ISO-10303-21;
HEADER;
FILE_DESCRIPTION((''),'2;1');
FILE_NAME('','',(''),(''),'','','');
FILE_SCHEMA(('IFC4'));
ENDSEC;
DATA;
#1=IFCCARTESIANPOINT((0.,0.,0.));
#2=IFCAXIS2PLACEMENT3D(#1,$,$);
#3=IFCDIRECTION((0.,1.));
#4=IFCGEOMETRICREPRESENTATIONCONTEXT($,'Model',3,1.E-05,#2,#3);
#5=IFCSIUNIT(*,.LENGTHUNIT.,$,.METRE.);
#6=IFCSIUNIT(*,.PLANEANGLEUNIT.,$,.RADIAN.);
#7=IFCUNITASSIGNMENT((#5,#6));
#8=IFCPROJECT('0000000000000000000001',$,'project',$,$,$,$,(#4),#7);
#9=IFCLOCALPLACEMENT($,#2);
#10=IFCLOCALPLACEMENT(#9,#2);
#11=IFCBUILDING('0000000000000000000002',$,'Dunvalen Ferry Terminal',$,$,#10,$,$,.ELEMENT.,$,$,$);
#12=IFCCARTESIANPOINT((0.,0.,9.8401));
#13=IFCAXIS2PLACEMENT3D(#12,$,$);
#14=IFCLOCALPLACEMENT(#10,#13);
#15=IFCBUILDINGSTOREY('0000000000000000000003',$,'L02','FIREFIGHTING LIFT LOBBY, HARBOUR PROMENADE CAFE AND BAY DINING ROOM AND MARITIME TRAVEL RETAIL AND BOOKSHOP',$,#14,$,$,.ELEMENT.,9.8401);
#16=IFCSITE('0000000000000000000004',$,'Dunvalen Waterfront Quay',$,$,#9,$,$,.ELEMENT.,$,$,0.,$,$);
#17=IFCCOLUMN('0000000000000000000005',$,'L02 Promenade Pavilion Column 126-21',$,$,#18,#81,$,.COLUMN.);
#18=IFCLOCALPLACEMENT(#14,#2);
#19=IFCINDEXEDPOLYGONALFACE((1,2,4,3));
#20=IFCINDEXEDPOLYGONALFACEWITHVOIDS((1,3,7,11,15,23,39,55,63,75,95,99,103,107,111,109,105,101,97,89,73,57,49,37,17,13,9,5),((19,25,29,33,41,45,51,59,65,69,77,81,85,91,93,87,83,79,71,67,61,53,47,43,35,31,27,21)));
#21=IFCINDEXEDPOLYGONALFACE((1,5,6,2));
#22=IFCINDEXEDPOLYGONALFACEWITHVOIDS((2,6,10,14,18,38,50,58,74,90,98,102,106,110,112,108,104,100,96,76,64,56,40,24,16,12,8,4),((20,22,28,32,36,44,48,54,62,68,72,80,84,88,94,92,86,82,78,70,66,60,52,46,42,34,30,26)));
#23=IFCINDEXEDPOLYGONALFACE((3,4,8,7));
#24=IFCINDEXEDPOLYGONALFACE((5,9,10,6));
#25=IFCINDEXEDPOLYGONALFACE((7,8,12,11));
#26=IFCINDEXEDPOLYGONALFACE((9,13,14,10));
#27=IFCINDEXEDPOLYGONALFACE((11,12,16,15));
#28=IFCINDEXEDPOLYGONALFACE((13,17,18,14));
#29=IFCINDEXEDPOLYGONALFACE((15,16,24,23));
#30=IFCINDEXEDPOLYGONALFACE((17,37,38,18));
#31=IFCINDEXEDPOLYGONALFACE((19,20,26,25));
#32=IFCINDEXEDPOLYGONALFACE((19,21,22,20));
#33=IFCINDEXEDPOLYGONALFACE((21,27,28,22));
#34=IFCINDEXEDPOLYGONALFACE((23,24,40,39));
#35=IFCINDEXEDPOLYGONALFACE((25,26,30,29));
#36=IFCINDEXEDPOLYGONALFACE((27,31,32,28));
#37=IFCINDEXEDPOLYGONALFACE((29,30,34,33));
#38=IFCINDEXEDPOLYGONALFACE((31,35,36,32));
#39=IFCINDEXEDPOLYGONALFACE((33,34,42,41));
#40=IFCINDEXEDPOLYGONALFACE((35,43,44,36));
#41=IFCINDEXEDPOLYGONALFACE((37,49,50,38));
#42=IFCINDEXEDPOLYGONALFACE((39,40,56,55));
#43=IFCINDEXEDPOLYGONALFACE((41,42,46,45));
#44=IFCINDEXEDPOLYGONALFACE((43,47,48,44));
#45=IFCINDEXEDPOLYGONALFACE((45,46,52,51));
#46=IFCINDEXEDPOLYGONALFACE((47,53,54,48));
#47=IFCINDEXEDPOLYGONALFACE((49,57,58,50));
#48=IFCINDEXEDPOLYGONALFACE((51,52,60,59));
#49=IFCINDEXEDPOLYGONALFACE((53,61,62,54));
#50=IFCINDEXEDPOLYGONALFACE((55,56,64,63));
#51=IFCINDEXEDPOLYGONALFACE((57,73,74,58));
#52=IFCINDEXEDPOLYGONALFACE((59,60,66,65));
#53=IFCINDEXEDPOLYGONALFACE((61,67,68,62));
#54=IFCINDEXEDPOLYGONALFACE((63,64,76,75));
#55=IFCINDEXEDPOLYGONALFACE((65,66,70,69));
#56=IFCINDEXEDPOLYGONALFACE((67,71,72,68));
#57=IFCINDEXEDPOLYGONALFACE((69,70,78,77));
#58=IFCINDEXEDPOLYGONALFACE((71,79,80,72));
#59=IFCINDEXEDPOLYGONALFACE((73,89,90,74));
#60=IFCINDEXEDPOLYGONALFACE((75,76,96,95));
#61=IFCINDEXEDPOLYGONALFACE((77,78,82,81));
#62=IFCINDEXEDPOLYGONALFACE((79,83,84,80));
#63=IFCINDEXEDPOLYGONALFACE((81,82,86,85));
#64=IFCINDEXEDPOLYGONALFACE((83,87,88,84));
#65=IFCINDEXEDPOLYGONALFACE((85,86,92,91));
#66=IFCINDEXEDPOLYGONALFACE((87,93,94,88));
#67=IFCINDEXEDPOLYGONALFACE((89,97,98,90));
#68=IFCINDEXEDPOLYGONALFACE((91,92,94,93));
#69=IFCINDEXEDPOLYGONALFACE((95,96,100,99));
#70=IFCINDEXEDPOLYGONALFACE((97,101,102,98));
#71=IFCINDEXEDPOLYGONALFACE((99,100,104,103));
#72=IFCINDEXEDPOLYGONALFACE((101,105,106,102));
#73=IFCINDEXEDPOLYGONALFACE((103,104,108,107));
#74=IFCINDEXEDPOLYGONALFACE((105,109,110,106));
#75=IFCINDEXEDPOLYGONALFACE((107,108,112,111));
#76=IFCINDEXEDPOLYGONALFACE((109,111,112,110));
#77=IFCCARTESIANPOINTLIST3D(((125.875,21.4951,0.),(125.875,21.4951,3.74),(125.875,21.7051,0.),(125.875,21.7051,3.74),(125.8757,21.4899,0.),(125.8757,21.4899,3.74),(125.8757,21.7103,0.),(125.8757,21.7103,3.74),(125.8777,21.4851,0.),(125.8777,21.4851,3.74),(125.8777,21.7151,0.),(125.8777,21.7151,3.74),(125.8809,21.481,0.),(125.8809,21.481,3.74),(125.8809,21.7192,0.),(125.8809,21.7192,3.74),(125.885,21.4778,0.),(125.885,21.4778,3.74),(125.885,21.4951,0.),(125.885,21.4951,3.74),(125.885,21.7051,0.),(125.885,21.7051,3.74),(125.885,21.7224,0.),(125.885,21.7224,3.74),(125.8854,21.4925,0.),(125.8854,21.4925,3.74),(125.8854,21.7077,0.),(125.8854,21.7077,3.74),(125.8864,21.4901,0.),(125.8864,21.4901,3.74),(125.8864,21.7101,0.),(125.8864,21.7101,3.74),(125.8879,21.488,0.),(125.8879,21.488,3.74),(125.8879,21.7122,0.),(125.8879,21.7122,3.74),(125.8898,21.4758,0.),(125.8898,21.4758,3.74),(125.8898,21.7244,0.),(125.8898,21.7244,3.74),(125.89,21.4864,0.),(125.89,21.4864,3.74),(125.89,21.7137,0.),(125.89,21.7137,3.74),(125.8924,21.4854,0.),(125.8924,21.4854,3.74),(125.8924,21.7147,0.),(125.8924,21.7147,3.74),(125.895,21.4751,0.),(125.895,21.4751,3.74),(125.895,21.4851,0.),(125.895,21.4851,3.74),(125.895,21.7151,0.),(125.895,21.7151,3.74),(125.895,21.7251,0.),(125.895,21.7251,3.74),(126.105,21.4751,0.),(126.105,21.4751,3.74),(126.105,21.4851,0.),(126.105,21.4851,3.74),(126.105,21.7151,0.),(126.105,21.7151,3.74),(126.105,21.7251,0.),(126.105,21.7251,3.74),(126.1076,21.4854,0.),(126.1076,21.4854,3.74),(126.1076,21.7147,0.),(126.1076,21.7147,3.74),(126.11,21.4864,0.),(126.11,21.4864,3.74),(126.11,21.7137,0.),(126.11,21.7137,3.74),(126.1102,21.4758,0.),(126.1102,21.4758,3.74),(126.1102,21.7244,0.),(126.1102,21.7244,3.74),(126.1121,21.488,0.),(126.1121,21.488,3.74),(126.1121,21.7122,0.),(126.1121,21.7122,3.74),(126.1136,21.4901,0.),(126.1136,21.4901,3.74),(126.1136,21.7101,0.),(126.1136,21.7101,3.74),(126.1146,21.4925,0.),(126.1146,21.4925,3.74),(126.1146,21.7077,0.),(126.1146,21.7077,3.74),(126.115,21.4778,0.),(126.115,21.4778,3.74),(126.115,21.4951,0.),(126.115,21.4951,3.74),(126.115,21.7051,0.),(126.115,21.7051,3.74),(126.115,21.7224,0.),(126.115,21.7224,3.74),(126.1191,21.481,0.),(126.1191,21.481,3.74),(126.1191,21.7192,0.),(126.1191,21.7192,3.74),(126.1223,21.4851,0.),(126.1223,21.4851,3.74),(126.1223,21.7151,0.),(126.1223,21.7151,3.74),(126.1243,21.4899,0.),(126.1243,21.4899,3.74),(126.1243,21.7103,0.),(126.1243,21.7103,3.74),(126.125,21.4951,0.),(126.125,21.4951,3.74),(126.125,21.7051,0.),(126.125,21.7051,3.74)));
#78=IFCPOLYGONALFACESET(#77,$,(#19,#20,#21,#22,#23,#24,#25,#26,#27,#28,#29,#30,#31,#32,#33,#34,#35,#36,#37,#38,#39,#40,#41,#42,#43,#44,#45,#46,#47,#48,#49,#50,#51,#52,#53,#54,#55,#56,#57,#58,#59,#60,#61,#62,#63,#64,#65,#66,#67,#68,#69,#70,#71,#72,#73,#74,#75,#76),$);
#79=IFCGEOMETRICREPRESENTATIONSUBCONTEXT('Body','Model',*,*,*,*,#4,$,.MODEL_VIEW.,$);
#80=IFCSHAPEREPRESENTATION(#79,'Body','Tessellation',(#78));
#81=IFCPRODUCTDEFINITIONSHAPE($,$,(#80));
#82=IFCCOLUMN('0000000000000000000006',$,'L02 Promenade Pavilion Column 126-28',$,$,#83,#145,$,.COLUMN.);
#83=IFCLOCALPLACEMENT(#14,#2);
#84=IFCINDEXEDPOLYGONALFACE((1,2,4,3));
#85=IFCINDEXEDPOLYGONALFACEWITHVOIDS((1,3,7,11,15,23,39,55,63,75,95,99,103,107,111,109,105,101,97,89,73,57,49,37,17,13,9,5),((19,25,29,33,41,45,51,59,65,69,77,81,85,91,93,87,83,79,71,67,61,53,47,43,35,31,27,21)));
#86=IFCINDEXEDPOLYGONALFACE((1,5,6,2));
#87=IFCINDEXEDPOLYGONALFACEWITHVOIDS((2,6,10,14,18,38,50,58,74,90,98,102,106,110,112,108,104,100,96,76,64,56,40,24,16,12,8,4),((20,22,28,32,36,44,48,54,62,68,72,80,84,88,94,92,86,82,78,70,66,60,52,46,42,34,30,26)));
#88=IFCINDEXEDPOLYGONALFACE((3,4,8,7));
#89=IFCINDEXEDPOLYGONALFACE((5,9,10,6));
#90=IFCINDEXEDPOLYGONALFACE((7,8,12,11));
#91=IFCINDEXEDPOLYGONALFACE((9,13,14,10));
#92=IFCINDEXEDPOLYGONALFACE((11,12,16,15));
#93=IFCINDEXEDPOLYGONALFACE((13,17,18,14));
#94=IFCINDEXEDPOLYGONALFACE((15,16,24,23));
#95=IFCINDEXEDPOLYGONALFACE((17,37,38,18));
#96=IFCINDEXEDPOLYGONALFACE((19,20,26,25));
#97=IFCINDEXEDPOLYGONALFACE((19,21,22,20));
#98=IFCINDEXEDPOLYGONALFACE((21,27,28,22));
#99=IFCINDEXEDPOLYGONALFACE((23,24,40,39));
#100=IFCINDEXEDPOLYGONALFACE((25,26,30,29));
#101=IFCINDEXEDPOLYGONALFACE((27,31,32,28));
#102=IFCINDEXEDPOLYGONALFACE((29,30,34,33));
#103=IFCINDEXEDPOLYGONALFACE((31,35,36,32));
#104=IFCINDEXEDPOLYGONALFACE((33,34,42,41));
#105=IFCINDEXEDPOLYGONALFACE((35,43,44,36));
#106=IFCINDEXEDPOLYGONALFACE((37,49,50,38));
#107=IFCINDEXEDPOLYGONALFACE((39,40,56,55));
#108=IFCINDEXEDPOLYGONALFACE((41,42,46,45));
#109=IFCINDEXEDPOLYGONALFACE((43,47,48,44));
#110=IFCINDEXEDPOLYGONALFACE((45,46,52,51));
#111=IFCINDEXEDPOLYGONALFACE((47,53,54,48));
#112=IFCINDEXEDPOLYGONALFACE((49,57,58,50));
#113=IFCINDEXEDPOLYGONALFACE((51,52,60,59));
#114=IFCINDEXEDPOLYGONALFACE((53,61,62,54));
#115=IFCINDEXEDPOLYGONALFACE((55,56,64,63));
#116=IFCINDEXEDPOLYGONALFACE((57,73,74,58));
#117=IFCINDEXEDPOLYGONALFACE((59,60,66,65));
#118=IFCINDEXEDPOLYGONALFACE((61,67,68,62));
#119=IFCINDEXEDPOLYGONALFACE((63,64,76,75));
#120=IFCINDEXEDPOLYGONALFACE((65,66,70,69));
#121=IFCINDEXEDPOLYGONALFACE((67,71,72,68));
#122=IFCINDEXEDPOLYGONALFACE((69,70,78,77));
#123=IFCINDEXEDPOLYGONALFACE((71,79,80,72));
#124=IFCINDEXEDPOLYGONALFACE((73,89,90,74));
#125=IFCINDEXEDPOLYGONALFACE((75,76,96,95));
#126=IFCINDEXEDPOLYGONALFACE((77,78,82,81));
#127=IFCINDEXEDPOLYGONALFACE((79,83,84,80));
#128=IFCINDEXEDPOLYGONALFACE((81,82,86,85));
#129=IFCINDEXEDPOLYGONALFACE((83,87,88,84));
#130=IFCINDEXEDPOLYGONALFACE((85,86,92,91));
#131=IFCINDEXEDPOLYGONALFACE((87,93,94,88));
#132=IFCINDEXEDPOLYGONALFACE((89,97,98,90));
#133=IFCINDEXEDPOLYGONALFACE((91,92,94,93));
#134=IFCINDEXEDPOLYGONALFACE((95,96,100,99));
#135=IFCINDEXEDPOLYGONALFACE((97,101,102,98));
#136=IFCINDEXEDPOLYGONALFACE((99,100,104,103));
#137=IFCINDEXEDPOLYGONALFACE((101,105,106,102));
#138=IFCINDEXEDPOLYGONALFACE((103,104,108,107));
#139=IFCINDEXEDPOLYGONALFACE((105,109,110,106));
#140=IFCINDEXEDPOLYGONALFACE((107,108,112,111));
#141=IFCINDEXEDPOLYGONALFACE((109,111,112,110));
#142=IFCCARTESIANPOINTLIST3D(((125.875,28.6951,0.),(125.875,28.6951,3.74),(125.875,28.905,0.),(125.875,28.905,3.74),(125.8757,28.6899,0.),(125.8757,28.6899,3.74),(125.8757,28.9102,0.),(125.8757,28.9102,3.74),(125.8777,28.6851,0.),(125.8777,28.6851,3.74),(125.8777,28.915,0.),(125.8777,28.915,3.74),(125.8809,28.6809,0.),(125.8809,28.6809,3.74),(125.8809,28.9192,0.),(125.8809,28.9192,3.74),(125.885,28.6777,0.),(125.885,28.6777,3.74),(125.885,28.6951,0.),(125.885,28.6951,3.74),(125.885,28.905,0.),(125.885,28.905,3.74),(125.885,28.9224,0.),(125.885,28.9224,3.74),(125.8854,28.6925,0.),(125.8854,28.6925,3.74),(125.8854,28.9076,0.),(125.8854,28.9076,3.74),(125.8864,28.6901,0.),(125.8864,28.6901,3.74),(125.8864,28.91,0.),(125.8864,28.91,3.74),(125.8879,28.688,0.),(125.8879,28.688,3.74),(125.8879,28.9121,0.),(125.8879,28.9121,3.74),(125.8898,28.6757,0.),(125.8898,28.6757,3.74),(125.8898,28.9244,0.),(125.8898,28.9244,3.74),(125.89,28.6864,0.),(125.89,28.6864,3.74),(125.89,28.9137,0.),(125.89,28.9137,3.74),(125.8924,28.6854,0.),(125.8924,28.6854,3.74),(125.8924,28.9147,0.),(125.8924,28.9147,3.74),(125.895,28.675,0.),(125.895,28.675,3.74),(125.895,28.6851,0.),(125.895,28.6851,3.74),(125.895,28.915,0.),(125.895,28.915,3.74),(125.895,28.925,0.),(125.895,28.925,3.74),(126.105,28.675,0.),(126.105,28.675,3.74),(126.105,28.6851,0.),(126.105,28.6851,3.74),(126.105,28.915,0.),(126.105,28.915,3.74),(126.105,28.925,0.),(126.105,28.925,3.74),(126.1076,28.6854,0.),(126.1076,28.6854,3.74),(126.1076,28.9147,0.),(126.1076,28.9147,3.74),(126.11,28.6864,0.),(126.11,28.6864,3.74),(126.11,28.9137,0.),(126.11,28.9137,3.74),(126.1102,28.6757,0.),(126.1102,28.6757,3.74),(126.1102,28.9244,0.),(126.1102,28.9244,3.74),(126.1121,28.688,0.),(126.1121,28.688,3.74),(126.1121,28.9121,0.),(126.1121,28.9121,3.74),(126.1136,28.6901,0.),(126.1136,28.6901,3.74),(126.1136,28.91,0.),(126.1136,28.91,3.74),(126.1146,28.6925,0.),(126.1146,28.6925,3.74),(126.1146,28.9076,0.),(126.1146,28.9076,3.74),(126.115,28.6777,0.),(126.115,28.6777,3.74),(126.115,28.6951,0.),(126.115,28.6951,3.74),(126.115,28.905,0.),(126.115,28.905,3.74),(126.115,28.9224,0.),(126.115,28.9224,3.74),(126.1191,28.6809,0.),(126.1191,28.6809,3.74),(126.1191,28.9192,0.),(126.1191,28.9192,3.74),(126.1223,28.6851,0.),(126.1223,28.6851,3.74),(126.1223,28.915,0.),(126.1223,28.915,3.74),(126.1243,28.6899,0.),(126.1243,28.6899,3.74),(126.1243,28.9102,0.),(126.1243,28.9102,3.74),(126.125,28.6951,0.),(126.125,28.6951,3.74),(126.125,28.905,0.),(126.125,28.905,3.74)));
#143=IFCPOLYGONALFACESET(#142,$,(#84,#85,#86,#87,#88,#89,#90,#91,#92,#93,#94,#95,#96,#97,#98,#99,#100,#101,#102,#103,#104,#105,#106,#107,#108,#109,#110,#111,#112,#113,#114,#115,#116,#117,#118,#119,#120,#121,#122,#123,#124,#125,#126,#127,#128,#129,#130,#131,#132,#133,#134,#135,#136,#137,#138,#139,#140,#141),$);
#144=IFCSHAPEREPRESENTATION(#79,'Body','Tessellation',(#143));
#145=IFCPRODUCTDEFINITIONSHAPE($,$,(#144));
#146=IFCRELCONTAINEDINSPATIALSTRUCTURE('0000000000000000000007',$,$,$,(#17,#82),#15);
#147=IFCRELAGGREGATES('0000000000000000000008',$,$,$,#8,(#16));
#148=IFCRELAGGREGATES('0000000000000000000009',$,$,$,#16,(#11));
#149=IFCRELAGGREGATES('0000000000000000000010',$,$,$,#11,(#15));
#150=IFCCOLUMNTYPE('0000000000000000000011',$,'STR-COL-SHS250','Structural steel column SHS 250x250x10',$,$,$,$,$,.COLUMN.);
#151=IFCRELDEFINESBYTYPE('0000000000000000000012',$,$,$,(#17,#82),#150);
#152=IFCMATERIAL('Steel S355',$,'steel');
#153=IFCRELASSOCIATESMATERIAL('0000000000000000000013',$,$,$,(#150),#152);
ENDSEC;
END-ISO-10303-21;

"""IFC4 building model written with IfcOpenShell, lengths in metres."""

from ifc_helpers import new_model, si_unit, direction, frame, origin, origin_2d, place, context, subcontext, project, spatial, hollow_rectangle, extrude, material, material_profile, profile_set, type_object, element, save


model = new_model("IFC4")

# Units and contexts
model_context = context("Model", 3, precision=1e-05, world=origin(), true_north=direction((0.0, 1.0)))
body_context = subcontext(model_context, "Body", "Model", "MODEL_VIEW")
ifc_project = project(units=[si_unit("LENGTHUNIT", "METRE"), si_unit("PLANEANGLEUNIT", "RADIAN")], contexts=[model_context])

# Site, building, storey
site_placement = place(None, origin())
site = spatial("IfcSite", under=ifc_project, at=site_placement, Name="Dunvalen Waterfront Quay", CompositionType="ELEMENT", RefElevation=0.0)
building_placement = place(site_placement, origin())
building = spatial("IfcBuilding", under=site, at=building_placement, Name="Dunvalen Ferry Terminal", CompositionType="ELEMENT")
storey_placement = place(building_placement, frame((0.0, 0.0, 9.8401)))
storey = spatial("IfcBuildingStorey", under=building, at=storey_placement, Name="L02", Description="FIREFIGHTING LIFT LOBBY, HARBOUR PROMENADE CAFE AND BAY DINING ROOM AND MARITIME TRAVEL RETAIL AND BOOKSHOP", CompositionType="ELEMENT", Elevation=9.8401)

# Columns
ifc_material_1 = material(Name="Steel S355", Category="steel")
ifc_material_profile_1 = material_profile(ifc_material_1, hollow_rectangle(XDim=0.25, YDim=0.25, WallThickness=0.01, InnerFilletRadius=0.01, OuterFilletRadius=0.02, at=origin_2d()), Name="Steel S355")
ifc_profile_set_1 = profile_set([ifc_material_profile_1], Name="Steel S355")
column_type = type_object("IfcColumnType", Name="STR-COL-SHS250", Description="Structural steel column SHS 250x250x10", PredefinedType="COLUMN", material=ifc_profile_set_1)
for number, where, z_axis, x_axis, name in (
    (1, (126.0, 21.6001, 0.0), (0.0, 0.0, 1.0), (1.0, 0.0, 0.0), "L02 Promenade Pavilion Column 126-21"),
    (2, (126.0, 28.8, 0.0), (0.0, 0.0, 1.0), (1.0, 0.0, 0.0), "L02 Promenade Pavilion Column 126-28"),
):
    element("IfcColumn", number, at=place(storey_placement, frame(where, z_axis=z_axis, x_axis=x_axis)), inside=storey, type_object=column_type, Name=name, PredefinedType="COLUMN", context=body_context, shape_type="SweptSolid", body=[
        extrude(hollow_rectangle(XDim=0.25, YDim=0.25, WallThickness=0.01, InnerFilletRadius=0.01, OuterFilletRadius=0.02, at=origin_2d()), origin(), (0.0, 0.0, 1.0), 3.74),
    ])

save(model, "model.ifc")
